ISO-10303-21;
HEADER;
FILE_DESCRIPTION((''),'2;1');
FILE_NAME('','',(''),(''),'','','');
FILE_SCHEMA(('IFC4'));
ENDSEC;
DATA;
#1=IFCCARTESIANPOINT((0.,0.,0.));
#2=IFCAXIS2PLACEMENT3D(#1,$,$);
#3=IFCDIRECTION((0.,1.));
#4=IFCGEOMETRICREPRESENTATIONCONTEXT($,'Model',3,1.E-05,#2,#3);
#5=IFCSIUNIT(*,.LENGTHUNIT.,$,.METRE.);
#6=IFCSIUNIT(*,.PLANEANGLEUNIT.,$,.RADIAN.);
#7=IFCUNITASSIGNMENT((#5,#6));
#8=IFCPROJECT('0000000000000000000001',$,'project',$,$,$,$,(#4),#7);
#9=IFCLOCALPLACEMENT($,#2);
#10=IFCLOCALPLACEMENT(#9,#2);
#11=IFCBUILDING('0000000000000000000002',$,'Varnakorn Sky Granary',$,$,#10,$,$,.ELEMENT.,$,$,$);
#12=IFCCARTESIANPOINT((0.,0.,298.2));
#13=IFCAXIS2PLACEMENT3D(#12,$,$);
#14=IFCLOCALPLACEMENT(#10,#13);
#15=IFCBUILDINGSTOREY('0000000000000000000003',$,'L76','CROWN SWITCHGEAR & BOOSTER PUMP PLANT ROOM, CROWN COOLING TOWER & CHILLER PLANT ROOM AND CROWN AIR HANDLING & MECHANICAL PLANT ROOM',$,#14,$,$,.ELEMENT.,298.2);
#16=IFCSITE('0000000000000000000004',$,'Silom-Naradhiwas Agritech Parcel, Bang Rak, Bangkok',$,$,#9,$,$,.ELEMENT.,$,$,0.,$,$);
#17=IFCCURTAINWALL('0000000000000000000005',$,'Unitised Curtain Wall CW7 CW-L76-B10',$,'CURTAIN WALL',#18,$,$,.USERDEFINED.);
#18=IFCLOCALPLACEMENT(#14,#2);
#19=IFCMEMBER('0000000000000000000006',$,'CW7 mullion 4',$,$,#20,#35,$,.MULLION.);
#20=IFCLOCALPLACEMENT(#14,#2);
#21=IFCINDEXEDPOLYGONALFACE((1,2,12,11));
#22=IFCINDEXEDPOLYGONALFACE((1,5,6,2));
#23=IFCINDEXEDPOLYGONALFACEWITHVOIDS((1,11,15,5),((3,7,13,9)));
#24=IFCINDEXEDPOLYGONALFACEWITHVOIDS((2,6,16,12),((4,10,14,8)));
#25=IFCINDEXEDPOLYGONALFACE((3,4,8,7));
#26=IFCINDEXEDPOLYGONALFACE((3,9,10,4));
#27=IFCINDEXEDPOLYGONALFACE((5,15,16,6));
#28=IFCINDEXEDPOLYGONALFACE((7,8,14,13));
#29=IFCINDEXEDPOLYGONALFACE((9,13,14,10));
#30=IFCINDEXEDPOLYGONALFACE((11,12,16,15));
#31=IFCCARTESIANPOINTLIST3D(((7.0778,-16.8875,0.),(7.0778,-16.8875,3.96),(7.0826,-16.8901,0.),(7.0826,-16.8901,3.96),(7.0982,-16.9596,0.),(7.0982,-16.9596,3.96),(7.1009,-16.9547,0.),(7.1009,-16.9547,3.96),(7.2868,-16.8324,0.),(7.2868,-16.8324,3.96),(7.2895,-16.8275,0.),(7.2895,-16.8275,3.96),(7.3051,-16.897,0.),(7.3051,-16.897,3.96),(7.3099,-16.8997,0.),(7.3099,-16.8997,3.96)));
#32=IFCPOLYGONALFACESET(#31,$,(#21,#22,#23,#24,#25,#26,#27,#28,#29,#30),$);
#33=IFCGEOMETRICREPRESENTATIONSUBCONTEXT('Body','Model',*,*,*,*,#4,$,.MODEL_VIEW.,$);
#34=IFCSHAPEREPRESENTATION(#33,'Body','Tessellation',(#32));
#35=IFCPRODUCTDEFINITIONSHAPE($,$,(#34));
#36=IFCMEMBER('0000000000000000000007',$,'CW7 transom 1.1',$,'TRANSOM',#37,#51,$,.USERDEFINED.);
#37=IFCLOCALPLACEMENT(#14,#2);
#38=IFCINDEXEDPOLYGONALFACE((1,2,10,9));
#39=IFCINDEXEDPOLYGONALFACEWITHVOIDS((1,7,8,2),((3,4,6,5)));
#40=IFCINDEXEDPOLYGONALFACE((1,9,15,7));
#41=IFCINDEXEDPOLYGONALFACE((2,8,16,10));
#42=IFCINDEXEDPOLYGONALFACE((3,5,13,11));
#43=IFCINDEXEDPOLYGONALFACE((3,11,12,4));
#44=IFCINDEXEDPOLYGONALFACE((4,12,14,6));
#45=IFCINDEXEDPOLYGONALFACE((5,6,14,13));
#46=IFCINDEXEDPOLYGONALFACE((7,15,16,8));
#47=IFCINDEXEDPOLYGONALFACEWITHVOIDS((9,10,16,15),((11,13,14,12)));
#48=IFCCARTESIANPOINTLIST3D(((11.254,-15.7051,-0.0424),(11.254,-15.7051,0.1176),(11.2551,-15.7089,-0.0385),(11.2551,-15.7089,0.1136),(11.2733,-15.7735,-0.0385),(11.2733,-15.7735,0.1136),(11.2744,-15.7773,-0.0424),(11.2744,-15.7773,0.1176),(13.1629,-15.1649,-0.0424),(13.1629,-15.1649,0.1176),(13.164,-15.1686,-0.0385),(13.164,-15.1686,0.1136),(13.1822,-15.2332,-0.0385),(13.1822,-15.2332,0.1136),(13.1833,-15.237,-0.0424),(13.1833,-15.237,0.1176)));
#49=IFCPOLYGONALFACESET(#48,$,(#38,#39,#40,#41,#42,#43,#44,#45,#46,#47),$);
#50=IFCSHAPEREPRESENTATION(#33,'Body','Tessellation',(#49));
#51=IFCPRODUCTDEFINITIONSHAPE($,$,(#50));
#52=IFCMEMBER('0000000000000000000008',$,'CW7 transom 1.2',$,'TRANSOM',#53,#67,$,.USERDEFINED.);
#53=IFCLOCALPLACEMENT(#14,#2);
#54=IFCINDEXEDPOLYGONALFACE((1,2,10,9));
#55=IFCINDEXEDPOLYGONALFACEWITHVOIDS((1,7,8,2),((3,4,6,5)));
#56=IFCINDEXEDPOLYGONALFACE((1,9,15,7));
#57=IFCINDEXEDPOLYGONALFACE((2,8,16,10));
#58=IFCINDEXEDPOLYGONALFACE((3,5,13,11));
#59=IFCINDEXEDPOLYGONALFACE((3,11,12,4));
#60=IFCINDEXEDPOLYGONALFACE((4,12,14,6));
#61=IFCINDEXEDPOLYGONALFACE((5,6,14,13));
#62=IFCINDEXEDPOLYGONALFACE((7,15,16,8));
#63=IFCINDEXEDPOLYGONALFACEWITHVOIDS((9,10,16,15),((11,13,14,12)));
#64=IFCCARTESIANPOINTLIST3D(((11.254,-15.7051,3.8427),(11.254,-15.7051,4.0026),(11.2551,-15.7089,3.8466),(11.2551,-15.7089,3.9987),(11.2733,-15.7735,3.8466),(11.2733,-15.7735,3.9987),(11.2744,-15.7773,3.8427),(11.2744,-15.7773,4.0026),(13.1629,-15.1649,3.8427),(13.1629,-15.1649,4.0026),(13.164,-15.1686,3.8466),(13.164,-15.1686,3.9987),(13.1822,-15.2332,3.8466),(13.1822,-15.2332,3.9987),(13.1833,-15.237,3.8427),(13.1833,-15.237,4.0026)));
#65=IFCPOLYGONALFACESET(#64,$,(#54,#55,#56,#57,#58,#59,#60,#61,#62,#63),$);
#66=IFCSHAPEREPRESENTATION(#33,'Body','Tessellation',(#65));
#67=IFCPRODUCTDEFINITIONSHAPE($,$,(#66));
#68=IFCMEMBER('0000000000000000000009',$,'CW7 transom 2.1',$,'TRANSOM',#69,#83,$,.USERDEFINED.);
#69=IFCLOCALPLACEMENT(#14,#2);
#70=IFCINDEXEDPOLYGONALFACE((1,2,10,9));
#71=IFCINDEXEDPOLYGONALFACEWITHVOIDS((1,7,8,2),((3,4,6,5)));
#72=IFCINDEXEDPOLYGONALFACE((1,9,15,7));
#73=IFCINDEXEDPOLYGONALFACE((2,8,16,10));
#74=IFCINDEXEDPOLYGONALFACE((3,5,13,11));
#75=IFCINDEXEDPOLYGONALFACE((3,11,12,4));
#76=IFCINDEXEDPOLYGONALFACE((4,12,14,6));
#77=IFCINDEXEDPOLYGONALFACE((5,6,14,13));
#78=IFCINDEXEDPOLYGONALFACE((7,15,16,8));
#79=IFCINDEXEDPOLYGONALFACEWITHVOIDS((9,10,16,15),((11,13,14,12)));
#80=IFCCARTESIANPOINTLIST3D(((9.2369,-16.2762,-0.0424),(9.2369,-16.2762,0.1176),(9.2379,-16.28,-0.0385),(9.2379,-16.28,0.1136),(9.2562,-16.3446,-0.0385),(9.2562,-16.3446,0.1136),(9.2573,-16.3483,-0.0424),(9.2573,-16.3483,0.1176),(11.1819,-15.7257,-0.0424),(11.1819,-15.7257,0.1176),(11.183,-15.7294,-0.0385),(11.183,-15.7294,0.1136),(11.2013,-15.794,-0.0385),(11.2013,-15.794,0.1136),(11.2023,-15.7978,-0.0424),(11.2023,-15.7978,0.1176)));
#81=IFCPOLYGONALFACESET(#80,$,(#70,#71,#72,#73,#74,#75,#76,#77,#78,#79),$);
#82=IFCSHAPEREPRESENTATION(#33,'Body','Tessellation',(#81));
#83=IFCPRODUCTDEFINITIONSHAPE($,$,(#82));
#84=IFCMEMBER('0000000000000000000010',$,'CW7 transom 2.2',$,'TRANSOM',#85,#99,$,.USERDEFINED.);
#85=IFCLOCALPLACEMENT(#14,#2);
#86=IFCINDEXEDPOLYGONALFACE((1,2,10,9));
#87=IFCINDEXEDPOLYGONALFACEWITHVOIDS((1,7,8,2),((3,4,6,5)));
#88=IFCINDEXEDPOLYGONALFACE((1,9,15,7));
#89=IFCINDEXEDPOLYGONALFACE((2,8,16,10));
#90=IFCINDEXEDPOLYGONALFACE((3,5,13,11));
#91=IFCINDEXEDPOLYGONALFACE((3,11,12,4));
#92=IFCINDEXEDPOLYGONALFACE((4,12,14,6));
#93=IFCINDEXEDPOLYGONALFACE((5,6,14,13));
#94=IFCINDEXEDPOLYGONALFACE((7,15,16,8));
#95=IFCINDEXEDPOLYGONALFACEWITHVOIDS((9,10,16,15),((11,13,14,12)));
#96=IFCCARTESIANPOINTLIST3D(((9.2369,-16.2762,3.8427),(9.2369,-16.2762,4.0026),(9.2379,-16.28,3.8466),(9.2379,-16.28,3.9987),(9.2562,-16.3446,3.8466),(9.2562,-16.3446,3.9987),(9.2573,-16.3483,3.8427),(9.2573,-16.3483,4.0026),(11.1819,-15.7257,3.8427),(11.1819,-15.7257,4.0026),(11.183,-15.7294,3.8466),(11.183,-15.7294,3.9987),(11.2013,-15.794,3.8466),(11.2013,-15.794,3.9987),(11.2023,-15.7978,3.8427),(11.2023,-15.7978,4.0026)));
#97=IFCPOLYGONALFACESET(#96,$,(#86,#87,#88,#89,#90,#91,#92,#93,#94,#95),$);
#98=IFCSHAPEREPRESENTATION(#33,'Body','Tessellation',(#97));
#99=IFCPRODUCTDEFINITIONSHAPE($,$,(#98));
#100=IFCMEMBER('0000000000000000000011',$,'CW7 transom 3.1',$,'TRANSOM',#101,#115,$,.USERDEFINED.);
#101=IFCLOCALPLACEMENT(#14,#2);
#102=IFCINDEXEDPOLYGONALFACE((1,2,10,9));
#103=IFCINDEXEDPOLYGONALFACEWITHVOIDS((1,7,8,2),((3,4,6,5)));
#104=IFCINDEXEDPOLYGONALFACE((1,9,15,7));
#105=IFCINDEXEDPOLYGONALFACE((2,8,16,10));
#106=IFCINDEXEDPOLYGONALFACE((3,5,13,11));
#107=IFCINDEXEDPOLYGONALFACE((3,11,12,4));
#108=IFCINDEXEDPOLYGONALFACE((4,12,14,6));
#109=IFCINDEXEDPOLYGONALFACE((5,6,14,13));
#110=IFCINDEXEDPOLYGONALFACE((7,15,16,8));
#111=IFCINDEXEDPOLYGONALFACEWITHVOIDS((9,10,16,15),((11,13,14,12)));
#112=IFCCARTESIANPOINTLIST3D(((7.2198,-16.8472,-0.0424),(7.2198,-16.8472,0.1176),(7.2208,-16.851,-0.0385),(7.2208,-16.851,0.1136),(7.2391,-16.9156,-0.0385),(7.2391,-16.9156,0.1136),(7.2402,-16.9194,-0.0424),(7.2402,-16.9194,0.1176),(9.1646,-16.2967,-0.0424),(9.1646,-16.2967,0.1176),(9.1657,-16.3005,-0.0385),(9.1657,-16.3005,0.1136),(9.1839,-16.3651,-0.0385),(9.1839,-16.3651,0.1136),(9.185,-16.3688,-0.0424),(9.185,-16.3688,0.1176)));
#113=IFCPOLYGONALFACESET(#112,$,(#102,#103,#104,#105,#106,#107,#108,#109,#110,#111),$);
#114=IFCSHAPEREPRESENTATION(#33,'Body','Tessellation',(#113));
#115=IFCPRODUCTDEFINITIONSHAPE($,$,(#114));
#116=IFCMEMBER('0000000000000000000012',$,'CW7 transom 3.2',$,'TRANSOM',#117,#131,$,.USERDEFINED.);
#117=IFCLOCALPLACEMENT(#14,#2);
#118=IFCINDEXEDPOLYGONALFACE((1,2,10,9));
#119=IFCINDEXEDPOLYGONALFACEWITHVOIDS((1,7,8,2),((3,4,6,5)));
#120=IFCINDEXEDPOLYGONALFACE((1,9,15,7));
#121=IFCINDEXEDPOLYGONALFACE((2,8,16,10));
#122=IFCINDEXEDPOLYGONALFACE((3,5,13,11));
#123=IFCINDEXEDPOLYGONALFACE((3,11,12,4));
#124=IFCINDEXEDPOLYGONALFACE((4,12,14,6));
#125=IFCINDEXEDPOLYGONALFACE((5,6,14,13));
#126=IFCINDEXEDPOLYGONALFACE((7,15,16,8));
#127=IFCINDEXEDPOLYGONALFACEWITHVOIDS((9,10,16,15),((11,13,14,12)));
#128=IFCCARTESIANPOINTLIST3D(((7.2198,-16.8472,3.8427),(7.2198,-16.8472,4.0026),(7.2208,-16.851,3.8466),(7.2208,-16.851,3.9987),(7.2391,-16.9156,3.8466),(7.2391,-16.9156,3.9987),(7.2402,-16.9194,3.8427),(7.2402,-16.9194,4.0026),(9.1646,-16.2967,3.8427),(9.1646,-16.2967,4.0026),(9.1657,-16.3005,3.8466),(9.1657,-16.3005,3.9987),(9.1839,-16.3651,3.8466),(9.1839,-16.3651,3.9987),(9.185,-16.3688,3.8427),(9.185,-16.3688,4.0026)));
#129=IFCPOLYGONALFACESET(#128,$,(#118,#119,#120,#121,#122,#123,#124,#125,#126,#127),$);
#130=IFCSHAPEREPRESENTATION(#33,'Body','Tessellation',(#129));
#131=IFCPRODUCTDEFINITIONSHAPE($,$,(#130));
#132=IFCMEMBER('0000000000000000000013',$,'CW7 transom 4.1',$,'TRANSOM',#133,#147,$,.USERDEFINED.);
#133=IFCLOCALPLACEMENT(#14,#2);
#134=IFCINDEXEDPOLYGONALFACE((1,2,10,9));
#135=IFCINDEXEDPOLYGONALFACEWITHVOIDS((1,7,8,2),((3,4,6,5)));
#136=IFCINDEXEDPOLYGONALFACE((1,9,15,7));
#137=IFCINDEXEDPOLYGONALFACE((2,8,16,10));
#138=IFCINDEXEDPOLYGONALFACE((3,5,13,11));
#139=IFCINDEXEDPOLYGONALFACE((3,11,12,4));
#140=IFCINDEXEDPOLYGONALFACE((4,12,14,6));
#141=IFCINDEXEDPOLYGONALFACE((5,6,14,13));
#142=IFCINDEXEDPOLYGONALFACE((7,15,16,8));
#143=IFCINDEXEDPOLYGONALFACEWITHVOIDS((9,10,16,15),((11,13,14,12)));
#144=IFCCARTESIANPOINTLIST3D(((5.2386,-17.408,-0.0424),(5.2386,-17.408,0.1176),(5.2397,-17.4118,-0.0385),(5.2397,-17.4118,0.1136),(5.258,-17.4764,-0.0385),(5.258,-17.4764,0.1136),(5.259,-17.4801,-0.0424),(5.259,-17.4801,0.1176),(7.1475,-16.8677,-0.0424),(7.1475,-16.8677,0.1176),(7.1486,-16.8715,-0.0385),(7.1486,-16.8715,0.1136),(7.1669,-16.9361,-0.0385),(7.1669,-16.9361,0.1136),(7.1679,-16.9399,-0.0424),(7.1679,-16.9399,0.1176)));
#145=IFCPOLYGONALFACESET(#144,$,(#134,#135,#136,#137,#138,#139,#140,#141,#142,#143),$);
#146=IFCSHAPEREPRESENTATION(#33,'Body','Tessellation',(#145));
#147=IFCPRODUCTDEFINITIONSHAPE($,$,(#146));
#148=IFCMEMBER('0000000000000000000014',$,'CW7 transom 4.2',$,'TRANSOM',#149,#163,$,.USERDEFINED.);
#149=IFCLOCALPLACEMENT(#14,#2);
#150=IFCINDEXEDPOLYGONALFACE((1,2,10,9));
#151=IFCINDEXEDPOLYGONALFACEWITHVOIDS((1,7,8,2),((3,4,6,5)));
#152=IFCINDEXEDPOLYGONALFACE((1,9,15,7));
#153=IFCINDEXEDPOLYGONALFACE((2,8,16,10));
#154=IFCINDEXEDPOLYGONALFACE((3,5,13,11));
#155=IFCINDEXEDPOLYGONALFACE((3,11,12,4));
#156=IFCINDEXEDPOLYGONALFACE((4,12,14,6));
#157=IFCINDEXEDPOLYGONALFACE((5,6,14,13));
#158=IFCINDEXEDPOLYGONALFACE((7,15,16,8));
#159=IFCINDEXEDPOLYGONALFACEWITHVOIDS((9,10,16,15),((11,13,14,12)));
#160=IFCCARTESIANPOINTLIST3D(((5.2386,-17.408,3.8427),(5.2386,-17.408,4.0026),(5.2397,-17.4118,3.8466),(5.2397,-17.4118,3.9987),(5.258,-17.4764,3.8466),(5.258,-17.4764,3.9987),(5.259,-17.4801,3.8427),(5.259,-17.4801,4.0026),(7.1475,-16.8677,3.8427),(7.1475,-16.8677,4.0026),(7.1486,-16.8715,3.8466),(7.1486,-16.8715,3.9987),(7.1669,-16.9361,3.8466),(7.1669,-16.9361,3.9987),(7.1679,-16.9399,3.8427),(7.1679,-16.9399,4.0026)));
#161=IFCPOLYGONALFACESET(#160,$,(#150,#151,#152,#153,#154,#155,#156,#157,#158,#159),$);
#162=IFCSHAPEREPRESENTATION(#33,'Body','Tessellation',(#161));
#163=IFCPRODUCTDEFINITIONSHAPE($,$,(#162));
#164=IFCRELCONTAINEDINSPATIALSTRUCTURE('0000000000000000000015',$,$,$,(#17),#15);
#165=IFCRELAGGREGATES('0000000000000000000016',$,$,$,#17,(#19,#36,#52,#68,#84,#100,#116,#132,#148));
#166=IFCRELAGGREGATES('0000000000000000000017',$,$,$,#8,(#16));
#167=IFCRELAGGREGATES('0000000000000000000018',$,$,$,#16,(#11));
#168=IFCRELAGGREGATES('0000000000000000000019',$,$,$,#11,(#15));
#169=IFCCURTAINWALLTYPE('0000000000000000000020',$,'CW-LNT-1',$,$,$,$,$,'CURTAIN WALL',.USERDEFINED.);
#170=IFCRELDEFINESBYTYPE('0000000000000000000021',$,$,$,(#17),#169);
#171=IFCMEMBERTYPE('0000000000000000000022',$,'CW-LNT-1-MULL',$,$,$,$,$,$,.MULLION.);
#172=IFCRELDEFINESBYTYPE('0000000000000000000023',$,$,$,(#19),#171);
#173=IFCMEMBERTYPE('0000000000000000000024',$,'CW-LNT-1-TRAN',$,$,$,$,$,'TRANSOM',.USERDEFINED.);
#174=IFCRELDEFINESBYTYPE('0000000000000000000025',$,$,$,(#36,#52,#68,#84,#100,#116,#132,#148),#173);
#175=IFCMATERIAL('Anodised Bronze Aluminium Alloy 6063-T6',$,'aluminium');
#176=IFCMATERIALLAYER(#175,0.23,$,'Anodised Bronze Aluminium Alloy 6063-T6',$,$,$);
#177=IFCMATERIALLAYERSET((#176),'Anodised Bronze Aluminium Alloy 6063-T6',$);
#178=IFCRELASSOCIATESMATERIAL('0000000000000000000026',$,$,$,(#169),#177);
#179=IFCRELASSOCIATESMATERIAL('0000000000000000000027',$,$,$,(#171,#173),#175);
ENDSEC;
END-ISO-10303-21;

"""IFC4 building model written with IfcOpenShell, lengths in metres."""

from ifc_helpers import new_model, si_unit, direction, frame, origin, origin_2d, place, context, subcontext, project, spatial, hollow_rectangle, extrude, material, layer, layer_set, material_profile, profile_set, type_object, element, aggregate, save


model = new_model("IFC4")

# Units and contexts
model_context = context("Model", 3, precision=1e-05, world=origin(), true_north=direction((0.0, 1.0)))
body_context = subcontext(model_context, "Body", "Model", "MODEL_VIEW")
ifc_project = project(units=[si_unit("LENGTHUNIT", "METRE"), si_unit("PLANEANGLEUNIT", "RADIAN")], contexts=[model_context])

# Site, building, storey
site_placement = place(None, origin())
site = spatial("IfcSite", under=ifc_project, at=site_placement, Name="Silom-Naradhiwas Agritech Parcel, Bang Rak, Bangkok", CompositionType="ELEMENT", RefElevation=0.0)
building_placement = place(site_placement, origin())
building = spatial("IfcBuilding", under=site, at=building_placement, Name="Varnakorn Sky Granary", CompositionType="ELEMENT")
storey_placement = place(building_placement, frame((0.0, 0.0, 298.2)))
storey = spatial("IfcBuildingStorey", under=building, at=storey_placement, Name="L76", Description="CROWN SWITCHGEAR & BOOSTER PUMP PLANT ROOM, CROWN COOLING TOWER & CHILLER PLANT ROOM AND CROWN AIR HANDLING & MECHANICAL PLANT ROOM", CompositionType="ELEMENT", Elevation=298.2)

# Curtain wall, members
ifc_material_1 = material(Name="Anodised Bronze Aluminium Alloy 6063-T6", Category="aluminium")
ifc_layer_1 = layer(ifc_material_1, 0.23, Name="Anodised Bronze Aluminium Alloy 6063-T6")
ifc_layer_set_1 = layer_set([ifc_layer_1], Name="Anodised Bronze Aluminium Alloy 6063-T6")
curtain_wall_type = type_object("IfcCurtainWallType", Name="CW-LNT-1", ElementType="CURTAIN WALL", PredefinedType="USERDEFINED", material=ifc_layer_set_1)
curtain_wall_placement = place(storey_placement, origin())
curtain_wall = element("IfcCurtainWall", 1, at=curtain_wall_placement, inside=storey, type_object=curtain_wall_type, Name="Unitised Curtain Wall CW7 CW-L76-B10", ObjectType="CURTAIN WALL", PredefinedType="USERDEFINED")
ifc_material_profile_1 = material_profile(ifc_material_1, hollow_rectangle(XDim=0.075, YDim=0.22, WallThickness=0.0039, at=origin_2d()), Name="ALU MULL 75x220")
ifc_profile_set_1 = profile_set([ifc_material_profile_1], Name="Anodised Bronze Aluminium Alloy 6063-T6")
member_type_1 = type_object("IfcMemberType", Name="CW-LNT-1-MULL", PredefinedType="MULLION", material=ifc_profile_set_1)
member_1_placement = place(storey_placement, frame((7.1938, -16.8936, 0.0), z_axis=(0.0, 0.0, 1.0), x_axis=(0.272381, -0.962189, 0.0)))
member_1 = element("IfcMember", 2, at=member_1_placement, type_object=member_type_1, Name="CW7 mullion 4", PredefinedType="MULLION", context=body_context, shape_type="SweptSolid", body=[
    extrude(hollow_rectangle(XDim=0.075, YDim=0.22, WallThickness=0.0039, at=origin_2d()), origin(), (0.0, 0.0, 1.0), 3.96),
])
ifc_material_profile_2 = material_profile(ifc_material_1, hollow_rectangle(XDim=0.075, YDim=0.1599, WallThickness=0.0039, at=origin_2d()), Name="ALU TRAN 75x160")
ifc_profile_set_2 = profile_set([ifc_material_profile_2], Name="Anodised Bronze Aluminium Alloy 6063-T6")
member_type_2 = type_object("IfcMemberType", Name="CW-LNT-1-TRAN", ElementType="TRANSOM", PredefinedType="USERDEFINED", material=ifc_profile_set_2)
member_2_placement = place(storey_placement, frame((13.1731, -15.2009, 0.0376), z_axis=(-0.962204, -0.272331, 0.0), x_axis=(0.272331, -0.962204, 0.0)))
member_2 = element("IfcMember", 3, at=member_2_placement, type_object=member_type_2, Name="CW7 transom 1.1", ObjectType="TRANSOM", PredefinedType="USERDEFINED", context=body_context, shape_type="SweptSolid", body=[
    extrude(hollow_rectangle(XDim=0.075, YDim=0.1599, WallThickness=0.0039, at=origin_2d()), origin(), (0.0, 0.0, 1.0), 1.9839),
])
member_3_placement = place(storey_placement, frame((13.1731, -15.2009, 3.9226), z_axis=(-0.962204, -0.272331, 0.0), x_axis=(0.272331, -0.962204, 0.0)))
member_3 = element("IfcMember", 4, at=member_3_placement, type_object=member_type_2, Name="CW7 transom 1.2", ObjectType="TRANSOM", PredefinedType="USERDEFINED", context=body_context, shape_type="SweptSolid", body=[
    extrude(hollow_rectangle(XDim=0.075, YDim=0.1599, WallThickness=0.0039, at=origin_2d()), origin(), (0.0, 0.0, 1.0), 1.9839),
])
member_4_placement = place(storey_placement, frame((11.1921, -15.7617, 0.0376), z_axis=(-0.9622, -0.272344, 0.0), x_axis=(0.272344, -0.9622, 0.0)))
member_4 = element("IfcMember", 5, at=member_4_placement, type_object=member_type_2, Name="CW7 transom 2.1", ObjectType="TRANSOM", PredefinedType="USERDEFINED", context=body_context, shape_type="SweptSolid", body=[
    extrude(hollow_rectangle(XDim=0.075, YDim=0.1599, WallThickness=0.0039, at=origin_2d()), origin(), (0.0, 0.0, 1.0), 2.0215),
])
member_5_placement = place(storey_placement, frame((11.1921, -15.7617, 3.9226), z_axis=(-0.9622, -0.272344, 0.0), x_axis=(0.272344, -0.9622, 0.0)))
member_5 = element("IfcMember", 6, at=member_5_placement, type_object=member_type_2, Name="CW7 transom 2.2", ObjectType="TRANSOM", PredefinedType="USERDEFINED", context=body_context, shape_type="SweptSolid", body=[
    extrude(hollow_rectangle(XDim=0.075, YDim=0.1599, WallThickness=0.0039, at=origin_2d()), origin(), (0.0, 0.0, 1.0), 2.0215),
])
member_6_placement = place(storey_placement, frame((9.1748, -16.3328, 0.0376), z_axis=(-0.962191, -0.272375, 0.0), x_axis=(0.272375, -0.962191, 0.0)))
member_6 = element("IfcMember", 7, at=member_6_placement, type_object=member_type_2, Name="CW7 transom 3.1", ObjectType="TRANSOM", PredefinedType="USERDEFINED", context=body_context, shape_type="SweptSolid", body=[
    extrude(hollow_rectangle(XDim=0.075, YDim=0.1599, WallThickness=0.0039, at=origin_2d()), origin(), (0.0, 0.0, 1.0), 2.0212),
])
member_7_placement = place(storey_placement, frame((9.1748, -16.3328, 3.9226), z_axis=(-0.962191, -0.272375, 0.0), x_axis=(0.272375, -0.962191, 0.0)))
member_7 = element("IfcMember", 8, at=member_7_placement, type_object=member_type_2, Name="CW7 transom 3.2", ObjectType="TRANSOM", PredefinedType="USERDEFINED", context=body_context, shape_type="SweptSolid", body=[
    extrude(hollow_rectangle(XDim=0.075, YDim=0.1599, WallThickness=0.0039, at=origin_2d()), origin(), (0.0, 0.0, 1.0), 2.0212),
])
member_8_placement = place(storey_placement, frame((7.1577, -16.9038, 0.0376), z_axis=(-0.962204, -0.272331, 0.0), x_axis=(0.272331, -0.962204, 0.0)))
member_8 = element("IfcMember", 9, at=member_8_placement, type_object=member_type_2, Name="CW7 transom 4.1", ObjectType="TRANSOM", PredefinedType="USERDEFINED", context=body_context, shape_type="SweptSolid", body=[
    extrude(hollow_rectangle(XDim=0.075, YDim=0.1599, WallThickness=0.0039, at=origin_2d()), origin(), (0.0, 0.0, 1.0), 1.9839),
])
member_9_placement = place(storey_placement, frame((7.1577, -16.9038, 3.9226), z_axis=(-0.962204, -0.272331, 0.0), x_axis=(0.272331, -0.962204, 0.0)))
member_9 = element("IfcMember", 10, at=member_9_placement, type_object=member_type_2, Name="CW7 transom 4.2", ObjectType="TRANSOM", PredefinedType="USERDEFINED", context=body_context, shape_type="SweptSolid", body=[
    extrude(hollow_rectangle(XDim=0.075, YDim=0.1599, WallThickness=0.0039, at=origin_2d()), origin(), (0.0, 0.0, 1.0), 1.9839),
])

aggregate(curtain_wall, [member_1, member_2, member_3, member_4, member_5, member_6, member_7, member_8, member_9])

save(model, "model.ifc")
